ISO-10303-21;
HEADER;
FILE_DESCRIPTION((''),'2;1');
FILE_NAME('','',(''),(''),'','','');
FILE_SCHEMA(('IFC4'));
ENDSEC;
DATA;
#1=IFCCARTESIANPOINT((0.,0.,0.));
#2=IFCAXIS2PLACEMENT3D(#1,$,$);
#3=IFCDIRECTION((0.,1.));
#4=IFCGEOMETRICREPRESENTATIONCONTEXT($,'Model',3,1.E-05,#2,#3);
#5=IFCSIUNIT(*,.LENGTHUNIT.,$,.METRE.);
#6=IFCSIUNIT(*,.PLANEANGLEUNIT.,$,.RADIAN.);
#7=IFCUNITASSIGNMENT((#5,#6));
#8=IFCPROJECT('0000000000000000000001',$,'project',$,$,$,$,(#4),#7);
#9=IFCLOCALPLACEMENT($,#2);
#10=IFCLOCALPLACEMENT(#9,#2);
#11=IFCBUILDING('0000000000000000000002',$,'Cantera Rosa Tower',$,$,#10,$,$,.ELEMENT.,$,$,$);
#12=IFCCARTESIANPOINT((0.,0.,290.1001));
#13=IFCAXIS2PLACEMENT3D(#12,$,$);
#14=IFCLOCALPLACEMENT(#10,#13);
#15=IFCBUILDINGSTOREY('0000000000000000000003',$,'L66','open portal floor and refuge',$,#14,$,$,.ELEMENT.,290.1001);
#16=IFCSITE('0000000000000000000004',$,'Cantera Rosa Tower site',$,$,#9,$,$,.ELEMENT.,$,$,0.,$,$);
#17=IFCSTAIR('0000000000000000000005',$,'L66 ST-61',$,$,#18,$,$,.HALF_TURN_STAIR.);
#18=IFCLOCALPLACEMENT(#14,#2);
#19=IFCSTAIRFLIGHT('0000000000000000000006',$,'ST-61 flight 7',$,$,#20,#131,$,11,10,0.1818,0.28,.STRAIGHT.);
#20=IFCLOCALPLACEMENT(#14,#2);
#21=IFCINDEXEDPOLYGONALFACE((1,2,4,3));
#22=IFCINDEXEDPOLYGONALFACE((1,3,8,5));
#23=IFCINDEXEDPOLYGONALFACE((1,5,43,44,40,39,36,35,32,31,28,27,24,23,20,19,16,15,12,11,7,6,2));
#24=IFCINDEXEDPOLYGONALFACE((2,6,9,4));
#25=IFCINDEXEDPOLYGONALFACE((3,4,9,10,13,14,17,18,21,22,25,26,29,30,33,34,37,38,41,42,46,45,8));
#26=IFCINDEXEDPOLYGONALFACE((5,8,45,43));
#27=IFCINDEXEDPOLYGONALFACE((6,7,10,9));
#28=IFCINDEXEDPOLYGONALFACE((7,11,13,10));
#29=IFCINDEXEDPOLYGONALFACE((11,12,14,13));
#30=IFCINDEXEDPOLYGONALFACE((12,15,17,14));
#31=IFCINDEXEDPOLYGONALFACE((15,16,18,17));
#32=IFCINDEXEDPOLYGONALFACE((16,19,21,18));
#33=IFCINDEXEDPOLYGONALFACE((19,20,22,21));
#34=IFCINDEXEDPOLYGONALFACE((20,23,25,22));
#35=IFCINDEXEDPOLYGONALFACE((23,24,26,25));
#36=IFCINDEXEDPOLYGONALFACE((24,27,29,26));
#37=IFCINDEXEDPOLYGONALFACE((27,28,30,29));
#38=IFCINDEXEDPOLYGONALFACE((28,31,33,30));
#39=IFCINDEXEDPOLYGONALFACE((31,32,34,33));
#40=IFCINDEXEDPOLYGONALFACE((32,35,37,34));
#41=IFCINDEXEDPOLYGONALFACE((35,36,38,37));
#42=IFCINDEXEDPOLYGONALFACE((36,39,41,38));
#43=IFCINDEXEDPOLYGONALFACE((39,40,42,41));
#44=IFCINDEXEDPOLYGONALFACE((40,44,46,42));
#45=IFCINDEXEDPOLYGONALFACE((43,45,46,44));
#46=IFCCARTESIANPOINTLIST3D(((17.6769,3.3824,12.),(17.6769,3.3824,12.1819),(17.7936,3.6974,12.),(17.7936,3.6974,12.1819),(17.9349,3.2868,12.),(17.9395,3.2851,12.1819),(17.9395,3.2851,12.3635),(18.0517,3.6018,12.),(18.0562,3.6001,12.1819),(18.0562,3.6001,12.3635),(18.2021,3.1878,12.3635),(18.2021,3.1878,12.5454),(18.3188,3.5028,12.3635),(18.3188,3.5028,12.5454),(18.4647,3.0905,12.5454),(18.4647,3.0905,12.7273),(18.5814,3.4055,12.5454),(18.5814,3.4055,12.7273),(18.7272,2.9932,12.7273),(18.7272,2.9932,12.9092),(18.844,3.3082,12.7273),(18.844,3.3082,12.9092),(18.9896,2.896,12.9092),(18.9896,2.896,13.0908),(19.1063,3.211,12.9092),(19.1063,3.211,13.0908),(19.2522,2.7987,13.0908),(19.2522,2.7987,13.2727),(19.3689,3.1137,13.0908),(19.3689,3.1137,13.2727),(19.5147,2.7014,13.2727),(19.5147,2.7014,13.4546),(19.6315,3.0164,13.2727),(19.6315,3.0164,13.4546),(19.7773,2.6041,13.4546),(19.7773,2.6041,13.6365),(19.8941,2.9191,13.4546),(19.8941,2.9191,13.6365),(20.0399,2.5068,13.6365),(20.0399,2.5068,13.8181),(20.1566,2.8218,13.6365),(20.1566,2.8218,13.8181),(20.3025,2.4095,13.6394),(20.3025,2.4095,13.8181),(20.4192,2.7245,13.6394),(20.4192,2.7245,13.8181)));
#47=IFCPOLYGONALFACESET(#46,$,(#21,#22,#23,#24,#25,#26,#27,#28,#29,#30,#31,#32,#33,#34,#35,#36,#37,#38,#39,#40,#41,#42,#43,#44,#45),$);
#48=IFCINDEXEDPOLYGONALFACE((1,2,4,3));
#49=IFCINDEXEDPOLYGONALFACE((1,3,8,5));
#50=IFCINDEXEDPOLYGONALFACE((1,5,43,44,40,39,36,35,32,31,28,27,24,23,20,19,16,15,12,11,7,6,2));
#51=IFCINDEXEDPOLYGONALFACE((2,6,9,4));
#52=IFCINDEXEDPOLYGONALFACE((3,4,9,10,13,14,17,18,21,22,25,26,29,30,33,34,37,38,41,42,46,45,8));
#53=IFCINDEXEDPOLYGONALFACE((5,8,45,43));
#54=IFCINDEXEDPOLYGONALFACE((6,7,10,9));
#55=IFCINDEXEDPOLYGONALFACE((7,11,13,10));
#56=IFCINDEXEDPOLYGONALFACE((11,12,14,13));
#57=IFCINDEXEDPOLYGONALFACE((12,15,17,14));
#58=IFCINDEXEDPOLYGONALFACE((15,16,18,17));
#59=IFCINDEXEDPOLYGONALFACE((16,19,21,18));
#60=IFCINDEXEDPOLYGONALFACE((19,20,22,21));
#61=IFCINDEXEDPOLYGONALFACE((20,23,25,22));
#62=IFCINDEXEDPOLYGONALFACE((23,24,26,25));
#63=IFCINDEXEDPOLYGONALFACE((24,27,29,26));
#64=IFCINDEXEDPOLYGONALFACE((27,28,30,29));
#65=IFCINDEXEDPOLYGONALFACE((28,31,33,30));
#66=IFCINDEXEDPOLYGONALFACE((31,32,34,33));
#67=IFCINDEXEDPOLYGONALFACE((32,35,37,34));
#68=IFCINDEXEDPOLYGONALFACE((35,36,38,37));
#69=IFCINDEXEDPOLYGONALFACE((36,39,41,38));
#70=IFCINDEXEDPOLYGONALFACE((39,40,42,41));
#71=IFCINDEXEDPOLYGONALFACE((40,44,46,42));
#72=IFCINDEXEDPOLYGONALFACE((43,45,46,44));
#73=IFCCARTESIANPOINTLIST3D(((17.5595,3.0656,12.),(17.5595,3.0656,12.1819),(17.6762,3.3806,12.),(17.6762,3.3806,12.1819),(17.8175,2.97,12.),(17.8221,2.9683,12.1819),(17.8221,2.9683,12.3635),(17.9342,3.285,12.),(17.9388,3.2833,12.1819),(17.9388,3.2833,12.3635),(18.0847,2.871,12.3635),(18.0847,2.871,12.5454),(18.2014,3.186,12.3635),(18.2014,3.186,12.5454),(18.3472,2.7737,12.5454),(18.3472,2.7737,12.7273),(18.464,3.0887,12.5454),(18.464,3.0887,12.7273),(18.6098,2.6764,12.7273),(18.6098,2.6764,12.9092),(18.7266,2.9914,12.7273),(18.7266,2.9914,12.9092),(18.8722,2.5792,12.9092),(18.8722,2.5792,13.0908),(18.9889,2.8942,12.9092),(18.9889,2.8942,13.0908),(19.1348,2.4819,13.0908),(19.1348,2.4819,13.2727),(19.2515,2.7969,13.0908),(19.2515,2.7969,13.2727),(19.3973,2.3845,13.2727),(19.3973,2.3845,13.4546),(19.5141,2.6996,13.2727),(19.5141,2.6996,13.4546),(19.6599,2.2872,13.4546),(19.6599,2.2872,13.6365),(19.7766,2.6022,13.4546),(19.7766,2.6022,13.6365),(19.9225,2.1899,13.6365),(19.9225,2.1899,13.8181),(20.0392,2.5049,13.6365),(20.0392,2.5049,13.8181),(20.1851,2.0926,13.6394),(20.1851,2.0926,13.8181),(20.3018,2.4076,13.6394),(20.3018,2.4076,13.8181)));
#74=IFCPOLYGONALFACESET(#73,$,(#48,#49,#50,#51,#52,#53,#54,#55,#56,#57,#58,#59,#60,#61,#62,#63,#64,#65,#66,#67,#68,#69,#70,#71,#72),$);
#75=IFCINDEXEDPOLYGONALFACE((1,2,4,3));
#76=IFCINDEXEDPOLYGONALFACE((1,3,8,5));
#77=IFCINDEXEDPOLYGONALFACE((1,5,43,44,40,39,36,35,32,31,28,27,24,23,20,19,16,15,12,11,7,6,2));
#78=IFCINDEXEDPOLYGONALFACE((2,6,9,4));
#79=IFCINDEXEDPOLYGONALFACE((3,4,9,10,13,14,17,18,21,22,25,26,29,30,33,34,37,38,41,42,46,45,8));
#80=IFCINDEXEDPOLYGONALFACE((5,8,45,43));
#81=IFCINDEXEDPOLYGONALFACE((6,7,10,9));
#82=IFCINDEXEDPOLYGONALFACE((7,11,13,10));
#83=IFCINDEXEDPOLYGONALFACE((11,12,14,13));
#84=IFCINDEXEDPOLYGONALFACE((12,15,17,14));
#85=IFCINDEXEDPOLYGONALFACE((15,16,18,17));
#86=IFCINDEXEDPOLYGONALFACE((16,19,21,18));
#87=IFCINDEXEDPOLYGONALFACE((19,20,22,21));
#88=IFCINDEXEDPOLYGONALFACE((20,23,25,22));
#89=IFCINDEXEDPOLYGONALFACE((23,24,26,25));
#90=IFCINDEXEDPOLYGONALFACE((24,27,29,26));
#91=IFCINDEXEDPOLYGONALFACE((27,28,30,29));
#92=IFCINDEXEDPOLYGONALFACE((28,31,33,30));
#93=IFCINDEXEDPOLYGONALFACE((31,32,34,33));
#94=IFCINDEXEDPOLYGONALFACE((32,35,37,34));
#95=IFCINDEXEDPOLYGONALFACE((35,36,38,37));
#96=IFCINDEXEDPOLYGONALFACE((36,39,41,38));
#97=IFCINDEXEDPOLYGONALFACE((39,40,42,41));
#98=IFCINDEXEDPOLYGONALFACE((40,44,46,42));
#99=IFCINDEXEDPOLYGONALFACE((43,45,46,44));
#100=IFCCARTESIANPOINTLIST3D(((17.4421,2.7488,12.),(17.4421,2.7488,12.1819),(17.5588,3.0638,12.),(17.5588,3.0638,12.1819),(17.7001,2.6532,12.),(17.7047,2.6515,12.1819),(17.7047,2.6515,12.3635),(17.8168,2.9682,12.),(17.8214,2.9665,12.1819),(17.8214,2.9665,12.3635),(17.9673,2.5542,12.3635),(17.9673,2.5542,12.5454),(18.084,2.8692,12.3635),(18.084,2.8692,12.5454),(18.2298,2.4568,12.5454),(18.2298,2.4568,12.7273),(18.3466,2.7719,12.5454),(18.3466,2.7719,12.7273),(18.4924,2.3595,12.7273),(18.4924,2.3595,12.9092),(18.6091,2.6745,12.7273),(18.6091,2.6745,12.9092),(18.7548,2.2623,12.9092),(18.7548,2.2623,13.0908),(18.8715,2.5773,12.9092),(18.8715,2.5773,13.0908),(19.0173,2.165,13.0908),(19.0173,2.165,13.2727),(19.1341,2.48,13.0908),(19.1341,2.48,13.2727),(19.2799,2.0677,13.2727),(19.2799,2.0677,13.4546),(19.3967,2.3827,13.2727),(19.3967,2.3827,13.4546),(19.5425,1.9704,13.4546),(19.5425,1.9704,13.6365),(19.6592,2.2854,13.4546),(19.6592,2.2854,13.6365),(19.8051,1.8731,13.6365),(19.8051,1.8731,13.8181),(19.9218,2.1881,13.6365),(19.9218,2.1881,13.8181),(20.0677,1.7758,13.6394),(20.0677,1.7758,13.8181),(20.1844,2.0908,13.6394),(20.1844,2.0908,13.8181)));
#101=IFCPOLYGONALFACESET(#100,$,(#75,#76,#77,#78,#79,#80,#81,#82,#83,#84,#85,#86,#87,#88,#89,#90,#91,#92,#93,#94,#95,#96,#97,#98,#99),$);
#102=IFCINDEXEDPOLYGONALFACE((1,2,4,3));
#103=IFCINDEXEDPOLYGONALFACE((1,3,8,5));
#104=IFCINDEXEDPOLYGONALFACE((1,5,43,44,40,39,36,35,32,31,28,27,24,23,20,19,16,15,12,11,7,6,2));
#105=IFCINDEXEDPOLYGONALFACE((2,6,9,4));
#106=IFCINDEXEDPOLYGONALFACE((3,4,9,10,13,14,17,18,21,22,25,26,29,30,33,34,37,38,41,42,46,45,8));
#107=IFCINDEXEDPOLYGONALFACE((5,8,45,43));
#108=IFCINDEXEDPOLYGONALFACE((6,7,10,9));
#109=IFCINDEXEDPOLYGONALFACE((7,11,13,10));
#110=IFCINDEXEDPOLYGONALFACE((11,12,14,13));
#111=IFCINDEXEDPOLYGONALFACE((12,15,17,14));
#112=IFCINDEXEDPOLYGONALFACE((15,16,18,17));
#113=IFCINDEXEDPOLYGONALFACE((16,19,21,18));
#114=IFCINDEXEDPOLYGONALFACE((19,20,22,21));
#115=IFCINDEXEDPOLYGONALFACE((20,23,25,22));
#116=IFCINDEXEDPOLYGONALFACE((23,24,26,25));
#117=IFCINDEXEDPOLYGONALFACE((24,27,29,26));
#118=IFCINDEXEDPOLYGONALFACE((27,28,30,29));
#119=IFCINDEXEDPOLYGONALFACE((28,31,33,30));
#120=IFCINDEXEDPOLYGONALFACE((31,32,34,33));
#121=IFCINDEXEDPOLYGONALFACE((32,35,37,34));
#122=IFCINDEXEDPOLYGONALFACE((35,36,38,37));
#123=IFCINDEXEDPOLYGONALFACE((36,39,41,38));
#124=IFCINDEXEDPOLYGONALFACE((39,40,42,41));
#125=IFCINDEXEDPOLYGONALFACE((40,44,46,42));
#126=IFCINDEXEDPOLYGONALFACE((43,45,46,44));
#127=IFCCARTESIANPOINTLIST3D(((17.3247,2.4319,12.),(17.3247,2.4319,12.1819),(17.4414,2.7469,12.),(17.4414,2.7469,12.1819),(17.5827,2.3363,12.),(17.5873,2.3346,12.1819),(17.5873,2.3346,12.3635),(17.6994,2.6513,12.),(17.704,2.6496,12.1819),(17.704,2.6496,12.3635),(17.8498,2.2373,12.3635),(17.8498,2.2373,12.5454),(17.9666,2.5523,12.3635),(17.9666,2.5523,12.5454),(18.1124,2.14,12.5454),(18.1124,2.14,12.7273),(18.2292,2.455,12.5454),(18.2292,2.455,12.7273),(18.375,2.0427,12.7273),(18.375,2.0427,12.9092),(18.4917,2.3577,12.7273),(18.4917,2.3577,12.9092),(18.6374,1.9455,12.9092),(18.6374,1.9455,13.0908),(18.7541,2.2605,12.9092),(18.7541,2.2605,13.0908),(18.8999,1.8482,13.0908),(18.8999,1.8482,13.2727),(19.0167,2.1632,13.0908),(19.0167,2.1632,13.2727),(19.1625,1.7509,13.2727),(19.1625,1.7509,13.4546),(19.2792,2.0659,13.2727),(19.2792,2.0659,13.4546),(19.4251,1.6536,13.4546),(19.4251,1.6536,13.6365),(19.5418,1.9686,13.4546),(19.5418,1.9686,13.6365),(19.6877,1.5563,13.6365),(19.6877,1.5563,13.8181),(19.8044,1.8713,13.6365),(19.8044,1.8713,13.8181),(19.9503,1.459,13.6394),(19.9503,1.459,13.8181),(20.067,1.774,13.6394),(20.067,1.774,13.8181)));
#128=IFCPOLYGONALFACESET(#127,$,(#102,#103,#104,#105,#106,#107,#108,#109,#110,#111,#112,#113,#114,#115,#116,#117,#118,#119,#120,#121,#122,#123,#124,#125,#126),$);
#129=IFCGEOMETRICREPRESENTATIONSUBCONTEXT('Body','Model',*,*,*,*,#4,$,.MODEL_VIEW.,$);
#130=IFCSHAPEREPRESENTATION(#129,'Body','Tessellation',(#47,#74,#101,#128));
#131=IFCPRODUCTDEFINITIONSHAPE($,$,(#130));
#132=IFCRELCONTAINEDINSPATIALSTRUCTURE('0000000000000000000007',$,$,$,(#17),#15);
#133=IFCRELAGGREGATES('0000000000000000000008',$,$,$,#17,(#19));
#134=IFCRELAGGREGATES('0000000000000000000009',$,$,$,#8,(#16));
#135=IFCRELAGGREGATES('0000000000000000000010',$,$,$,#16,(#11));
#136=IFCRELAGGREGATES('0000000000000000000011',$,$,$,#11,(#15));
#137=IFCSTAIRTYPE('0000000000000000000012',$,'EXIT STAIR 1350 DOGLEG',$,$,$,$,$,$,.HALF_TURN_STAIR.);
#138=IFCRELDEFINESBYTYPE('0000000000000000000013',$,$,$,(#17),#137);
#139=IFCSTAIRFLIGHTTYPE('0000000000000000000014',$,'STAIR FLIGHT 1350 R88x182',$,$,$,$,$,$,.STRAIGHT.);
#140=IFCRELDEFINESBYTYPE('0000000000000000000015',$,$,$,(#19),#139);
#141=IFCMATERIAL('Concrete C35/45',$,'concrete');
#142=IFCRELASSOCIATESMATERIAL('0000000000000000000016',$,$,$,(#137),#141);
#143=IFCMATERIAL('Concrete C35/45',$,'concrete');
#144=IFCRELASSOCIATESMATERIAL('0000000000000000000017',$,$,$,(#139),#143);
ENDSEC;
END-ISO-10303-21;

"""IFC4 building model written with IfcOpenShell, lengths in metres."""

from ifc_helpers import new_model, si_unit, direction, frame, origin, place, context, subcontext, project, spatial, polyline, outline, extrude, material, type_object, element, aggregate, save


model = new_model("IFC4")

# Units and contexts
model_context = context("Model", 3, precision=1e-05, world=origin(), true_north=direction((0.0, 1.0)))
body_context = subcontext(model_context, "Body", "Model", "MODEL_VIEW")
ifc_project = project(units=[si_unit("LENGTHUNIT", "METRE"), si_unit("PLANEANGLEUNIT", "RADIAN")], contexts=[model_context])

# Site, building, storey
site_placement = place(None, origin())
site = spatial("IfcSite", under=ifc_project, at=site_placement, Name="Cantera Rosa Tower site", CompositionType="ELEMENT", RefElevation=0.0)
building_placement = place(site_placement, origin())
building = spatial("IfcBuilding", under=site, at=building_placement, Name="Cantera Rosa Tower", CompositionType="ELEMENT")
storey_placement = place(building_placement, frame((0.0, 0.0, 290.1001)))
storey = spatial("IfcBuildingStorey", under=building, at=storey_placement, Name="L66", Description="open portal floor and refuge", CompositionType="ELEMENT", Elevation=290.1001)

# Stair, stair flight
ifc_material_1 = material(Name="Concrete C35/45", Category="concrete")
stair_type = type_object("IfcStairType", Name="EXIT STAIR 1350 DOGLEG", PredefinedType="HALF_TURN_STAIR", material=ifc_material_1)
stair_placement = place(storey_placement, origin())
stair = element("IfcStair", 1, at=stair_placement, inside=storey, type_object=stair_type, Name="L66 ST-61", PredefinedType="HALF_TURN_STAIR")
ifc_material_2 = material(Name="Concrete C35/45", Category="concrete")
stair_flight_type = type_object("IfcStairFlightType", Name="STAIR FLIGHT 1350 R88x182", PredefinedType="STRAIGHT", material=ifc_material_2)
stair_flight_1_placement = place(storey_placement, frame((17.5591, 3.0645, 12.0), z_axis=(0.0, 0.0, 1.0), x_axis=(0.937687, -0.347481, 0.0)))
stair_flight_1 = element("IfcStairFlight", 2, at=stair_flight_1_placement, type_object=stair_flight_type, Name="ST-61 flight 7", NumberOfRisers=11, NumberOfTreads=10, PredefinedType="STRAIGHT", RiserHeight=0.1818, TreadLength=0.28, context=body_context, shape_type="SweptSolid", body=[
    extrude(outline(polyline([(0.0, 0.0), (0.0, 0.1819), (0.28, 0.1819), (0.28, 0.3635), (0.5601, 0.3635), (0.5601, 0.5454), (0.8401, 0.5454), (0.8401, 0.7273), (1.1201, 0.7273), (1.1201, 0.9092), (1.3999, 0.9092), (1.3999, 1.0908), (1.6799, 1.0908), (1.6799, 1.2727), (1.96, 1.2727), (1.96, 1.4546), (2.24, 1.4546), (2.24, 1.6365), (2.52, 1.6365), (2.52, 1.8181), (2.8, 1.8181), (2.8, 2.0), (2.8, 1.6394), (0.2751, 0.0), (0.0, 0.0)])), frame((0.0, 0.675, 0.0), z_axis=(0.0, -1.0, 0.0), x_axis=(1.0, 0.0, 0.0)), (0.0, 0.0, 1.0), 0.3359),
    extrude(outline(polyline([(0.0, 0.0), (0.0, 0.1819), (0.28, 0.1819), (0.28, 0.3635), (0.5601, 0.3635), (0.5601, 0.5454), (0.8401, 0.5454), (0.8401, 0.7273), (1.1201, 0.7273), (1.1201, 0.9092), (1.3999, 0.9092), (1.3999, 1.0908), (1.6799, 1.0908), (1.6799, 1.2727), (1.96, 1.2727), (1.96, 1.4546), (2.24, 1.4546), (2.24, 1.6365), (2.52, 1.6365), (2.52, 1.8181), (2.8, 1.8181), (2.8, 2.0), (2.8, 1.6394), (0.2751, 0.0), (0.0, 0.0)])), frame((0.0, 0.3372, 0.0), z_axis=(0.0, -1.0, 0.0), x_axis=(1.0, 0.0, 0.0)), (0.0, 0.0, 1.0), 0.3359),
    extrude(outline(polyline([(0.0, 0.0), (0.0, 0.1819), (0.28, 0.1819), (0.28, 0.3635), (0.5601, 0.3635), (0.5601, 0.5454), (0.8401, 0.5454), (0.8401, 0.7273), (1.1201, 0.7273), (1.1201, 0.9092), (1.3999, 0.9092), (1.3999, 1.0908), (1.6799, 1.0908), (1.6799, 1.2727), (1.96, 1.2727), (1.96, 1.4546), (2.24, 1.4546), (2.24, 1.6365), (2.52, 1.6365), (2.52, 1.8181), (2.8, 1.8181), (2.8, 2.0), (2.8, 1.6394), (0.2751, 0.0), (0.0, 0.0)])), frame((0.0, -0.0007, 0.0), z_axis=(0.0, -1.0, 0.0), x_axis=(1.0, 0.0, 0.0)), (0.0, 0.0, 1.0), 0.3359),
    extrude(outline(polyline([(0.0, 0.0), (0.0, 0.1819), (0.28, 0.1819), (0.28, 0.3635), (0.5601, 0.3635), (0.5601, 0.5454), (0.8401, 0.5454), (0.8401, 0.7273), (1.1201, 0.7273), (1.1201, 0.9092), (1.3999, 0.9092), (1.3999, 1.0908), (1.6799, 1.0908), (1.6799, 1.2727), (1.96, 1.2727), (1.96, 1.4546), (2.24, 1.4546), (2.24, 1.6365), (2.52, 1.6365), (2.52, 1.8181), (2.8, 1.8181), (2.8, 2.0), (2.8, 1.6394), (0.2751, 0.0), (0.0, 0.0)])), frame((0.0, -0.3386, 0.0), z_axis=(0.0, -1.0, 0.0), x_axis=(1.0, 0.0, 0.0)), (0.0, 0.0, 1.0), 0.3359),
])
aggregate(stair, [stair_flight_1])

save(model, "model.ifc")
